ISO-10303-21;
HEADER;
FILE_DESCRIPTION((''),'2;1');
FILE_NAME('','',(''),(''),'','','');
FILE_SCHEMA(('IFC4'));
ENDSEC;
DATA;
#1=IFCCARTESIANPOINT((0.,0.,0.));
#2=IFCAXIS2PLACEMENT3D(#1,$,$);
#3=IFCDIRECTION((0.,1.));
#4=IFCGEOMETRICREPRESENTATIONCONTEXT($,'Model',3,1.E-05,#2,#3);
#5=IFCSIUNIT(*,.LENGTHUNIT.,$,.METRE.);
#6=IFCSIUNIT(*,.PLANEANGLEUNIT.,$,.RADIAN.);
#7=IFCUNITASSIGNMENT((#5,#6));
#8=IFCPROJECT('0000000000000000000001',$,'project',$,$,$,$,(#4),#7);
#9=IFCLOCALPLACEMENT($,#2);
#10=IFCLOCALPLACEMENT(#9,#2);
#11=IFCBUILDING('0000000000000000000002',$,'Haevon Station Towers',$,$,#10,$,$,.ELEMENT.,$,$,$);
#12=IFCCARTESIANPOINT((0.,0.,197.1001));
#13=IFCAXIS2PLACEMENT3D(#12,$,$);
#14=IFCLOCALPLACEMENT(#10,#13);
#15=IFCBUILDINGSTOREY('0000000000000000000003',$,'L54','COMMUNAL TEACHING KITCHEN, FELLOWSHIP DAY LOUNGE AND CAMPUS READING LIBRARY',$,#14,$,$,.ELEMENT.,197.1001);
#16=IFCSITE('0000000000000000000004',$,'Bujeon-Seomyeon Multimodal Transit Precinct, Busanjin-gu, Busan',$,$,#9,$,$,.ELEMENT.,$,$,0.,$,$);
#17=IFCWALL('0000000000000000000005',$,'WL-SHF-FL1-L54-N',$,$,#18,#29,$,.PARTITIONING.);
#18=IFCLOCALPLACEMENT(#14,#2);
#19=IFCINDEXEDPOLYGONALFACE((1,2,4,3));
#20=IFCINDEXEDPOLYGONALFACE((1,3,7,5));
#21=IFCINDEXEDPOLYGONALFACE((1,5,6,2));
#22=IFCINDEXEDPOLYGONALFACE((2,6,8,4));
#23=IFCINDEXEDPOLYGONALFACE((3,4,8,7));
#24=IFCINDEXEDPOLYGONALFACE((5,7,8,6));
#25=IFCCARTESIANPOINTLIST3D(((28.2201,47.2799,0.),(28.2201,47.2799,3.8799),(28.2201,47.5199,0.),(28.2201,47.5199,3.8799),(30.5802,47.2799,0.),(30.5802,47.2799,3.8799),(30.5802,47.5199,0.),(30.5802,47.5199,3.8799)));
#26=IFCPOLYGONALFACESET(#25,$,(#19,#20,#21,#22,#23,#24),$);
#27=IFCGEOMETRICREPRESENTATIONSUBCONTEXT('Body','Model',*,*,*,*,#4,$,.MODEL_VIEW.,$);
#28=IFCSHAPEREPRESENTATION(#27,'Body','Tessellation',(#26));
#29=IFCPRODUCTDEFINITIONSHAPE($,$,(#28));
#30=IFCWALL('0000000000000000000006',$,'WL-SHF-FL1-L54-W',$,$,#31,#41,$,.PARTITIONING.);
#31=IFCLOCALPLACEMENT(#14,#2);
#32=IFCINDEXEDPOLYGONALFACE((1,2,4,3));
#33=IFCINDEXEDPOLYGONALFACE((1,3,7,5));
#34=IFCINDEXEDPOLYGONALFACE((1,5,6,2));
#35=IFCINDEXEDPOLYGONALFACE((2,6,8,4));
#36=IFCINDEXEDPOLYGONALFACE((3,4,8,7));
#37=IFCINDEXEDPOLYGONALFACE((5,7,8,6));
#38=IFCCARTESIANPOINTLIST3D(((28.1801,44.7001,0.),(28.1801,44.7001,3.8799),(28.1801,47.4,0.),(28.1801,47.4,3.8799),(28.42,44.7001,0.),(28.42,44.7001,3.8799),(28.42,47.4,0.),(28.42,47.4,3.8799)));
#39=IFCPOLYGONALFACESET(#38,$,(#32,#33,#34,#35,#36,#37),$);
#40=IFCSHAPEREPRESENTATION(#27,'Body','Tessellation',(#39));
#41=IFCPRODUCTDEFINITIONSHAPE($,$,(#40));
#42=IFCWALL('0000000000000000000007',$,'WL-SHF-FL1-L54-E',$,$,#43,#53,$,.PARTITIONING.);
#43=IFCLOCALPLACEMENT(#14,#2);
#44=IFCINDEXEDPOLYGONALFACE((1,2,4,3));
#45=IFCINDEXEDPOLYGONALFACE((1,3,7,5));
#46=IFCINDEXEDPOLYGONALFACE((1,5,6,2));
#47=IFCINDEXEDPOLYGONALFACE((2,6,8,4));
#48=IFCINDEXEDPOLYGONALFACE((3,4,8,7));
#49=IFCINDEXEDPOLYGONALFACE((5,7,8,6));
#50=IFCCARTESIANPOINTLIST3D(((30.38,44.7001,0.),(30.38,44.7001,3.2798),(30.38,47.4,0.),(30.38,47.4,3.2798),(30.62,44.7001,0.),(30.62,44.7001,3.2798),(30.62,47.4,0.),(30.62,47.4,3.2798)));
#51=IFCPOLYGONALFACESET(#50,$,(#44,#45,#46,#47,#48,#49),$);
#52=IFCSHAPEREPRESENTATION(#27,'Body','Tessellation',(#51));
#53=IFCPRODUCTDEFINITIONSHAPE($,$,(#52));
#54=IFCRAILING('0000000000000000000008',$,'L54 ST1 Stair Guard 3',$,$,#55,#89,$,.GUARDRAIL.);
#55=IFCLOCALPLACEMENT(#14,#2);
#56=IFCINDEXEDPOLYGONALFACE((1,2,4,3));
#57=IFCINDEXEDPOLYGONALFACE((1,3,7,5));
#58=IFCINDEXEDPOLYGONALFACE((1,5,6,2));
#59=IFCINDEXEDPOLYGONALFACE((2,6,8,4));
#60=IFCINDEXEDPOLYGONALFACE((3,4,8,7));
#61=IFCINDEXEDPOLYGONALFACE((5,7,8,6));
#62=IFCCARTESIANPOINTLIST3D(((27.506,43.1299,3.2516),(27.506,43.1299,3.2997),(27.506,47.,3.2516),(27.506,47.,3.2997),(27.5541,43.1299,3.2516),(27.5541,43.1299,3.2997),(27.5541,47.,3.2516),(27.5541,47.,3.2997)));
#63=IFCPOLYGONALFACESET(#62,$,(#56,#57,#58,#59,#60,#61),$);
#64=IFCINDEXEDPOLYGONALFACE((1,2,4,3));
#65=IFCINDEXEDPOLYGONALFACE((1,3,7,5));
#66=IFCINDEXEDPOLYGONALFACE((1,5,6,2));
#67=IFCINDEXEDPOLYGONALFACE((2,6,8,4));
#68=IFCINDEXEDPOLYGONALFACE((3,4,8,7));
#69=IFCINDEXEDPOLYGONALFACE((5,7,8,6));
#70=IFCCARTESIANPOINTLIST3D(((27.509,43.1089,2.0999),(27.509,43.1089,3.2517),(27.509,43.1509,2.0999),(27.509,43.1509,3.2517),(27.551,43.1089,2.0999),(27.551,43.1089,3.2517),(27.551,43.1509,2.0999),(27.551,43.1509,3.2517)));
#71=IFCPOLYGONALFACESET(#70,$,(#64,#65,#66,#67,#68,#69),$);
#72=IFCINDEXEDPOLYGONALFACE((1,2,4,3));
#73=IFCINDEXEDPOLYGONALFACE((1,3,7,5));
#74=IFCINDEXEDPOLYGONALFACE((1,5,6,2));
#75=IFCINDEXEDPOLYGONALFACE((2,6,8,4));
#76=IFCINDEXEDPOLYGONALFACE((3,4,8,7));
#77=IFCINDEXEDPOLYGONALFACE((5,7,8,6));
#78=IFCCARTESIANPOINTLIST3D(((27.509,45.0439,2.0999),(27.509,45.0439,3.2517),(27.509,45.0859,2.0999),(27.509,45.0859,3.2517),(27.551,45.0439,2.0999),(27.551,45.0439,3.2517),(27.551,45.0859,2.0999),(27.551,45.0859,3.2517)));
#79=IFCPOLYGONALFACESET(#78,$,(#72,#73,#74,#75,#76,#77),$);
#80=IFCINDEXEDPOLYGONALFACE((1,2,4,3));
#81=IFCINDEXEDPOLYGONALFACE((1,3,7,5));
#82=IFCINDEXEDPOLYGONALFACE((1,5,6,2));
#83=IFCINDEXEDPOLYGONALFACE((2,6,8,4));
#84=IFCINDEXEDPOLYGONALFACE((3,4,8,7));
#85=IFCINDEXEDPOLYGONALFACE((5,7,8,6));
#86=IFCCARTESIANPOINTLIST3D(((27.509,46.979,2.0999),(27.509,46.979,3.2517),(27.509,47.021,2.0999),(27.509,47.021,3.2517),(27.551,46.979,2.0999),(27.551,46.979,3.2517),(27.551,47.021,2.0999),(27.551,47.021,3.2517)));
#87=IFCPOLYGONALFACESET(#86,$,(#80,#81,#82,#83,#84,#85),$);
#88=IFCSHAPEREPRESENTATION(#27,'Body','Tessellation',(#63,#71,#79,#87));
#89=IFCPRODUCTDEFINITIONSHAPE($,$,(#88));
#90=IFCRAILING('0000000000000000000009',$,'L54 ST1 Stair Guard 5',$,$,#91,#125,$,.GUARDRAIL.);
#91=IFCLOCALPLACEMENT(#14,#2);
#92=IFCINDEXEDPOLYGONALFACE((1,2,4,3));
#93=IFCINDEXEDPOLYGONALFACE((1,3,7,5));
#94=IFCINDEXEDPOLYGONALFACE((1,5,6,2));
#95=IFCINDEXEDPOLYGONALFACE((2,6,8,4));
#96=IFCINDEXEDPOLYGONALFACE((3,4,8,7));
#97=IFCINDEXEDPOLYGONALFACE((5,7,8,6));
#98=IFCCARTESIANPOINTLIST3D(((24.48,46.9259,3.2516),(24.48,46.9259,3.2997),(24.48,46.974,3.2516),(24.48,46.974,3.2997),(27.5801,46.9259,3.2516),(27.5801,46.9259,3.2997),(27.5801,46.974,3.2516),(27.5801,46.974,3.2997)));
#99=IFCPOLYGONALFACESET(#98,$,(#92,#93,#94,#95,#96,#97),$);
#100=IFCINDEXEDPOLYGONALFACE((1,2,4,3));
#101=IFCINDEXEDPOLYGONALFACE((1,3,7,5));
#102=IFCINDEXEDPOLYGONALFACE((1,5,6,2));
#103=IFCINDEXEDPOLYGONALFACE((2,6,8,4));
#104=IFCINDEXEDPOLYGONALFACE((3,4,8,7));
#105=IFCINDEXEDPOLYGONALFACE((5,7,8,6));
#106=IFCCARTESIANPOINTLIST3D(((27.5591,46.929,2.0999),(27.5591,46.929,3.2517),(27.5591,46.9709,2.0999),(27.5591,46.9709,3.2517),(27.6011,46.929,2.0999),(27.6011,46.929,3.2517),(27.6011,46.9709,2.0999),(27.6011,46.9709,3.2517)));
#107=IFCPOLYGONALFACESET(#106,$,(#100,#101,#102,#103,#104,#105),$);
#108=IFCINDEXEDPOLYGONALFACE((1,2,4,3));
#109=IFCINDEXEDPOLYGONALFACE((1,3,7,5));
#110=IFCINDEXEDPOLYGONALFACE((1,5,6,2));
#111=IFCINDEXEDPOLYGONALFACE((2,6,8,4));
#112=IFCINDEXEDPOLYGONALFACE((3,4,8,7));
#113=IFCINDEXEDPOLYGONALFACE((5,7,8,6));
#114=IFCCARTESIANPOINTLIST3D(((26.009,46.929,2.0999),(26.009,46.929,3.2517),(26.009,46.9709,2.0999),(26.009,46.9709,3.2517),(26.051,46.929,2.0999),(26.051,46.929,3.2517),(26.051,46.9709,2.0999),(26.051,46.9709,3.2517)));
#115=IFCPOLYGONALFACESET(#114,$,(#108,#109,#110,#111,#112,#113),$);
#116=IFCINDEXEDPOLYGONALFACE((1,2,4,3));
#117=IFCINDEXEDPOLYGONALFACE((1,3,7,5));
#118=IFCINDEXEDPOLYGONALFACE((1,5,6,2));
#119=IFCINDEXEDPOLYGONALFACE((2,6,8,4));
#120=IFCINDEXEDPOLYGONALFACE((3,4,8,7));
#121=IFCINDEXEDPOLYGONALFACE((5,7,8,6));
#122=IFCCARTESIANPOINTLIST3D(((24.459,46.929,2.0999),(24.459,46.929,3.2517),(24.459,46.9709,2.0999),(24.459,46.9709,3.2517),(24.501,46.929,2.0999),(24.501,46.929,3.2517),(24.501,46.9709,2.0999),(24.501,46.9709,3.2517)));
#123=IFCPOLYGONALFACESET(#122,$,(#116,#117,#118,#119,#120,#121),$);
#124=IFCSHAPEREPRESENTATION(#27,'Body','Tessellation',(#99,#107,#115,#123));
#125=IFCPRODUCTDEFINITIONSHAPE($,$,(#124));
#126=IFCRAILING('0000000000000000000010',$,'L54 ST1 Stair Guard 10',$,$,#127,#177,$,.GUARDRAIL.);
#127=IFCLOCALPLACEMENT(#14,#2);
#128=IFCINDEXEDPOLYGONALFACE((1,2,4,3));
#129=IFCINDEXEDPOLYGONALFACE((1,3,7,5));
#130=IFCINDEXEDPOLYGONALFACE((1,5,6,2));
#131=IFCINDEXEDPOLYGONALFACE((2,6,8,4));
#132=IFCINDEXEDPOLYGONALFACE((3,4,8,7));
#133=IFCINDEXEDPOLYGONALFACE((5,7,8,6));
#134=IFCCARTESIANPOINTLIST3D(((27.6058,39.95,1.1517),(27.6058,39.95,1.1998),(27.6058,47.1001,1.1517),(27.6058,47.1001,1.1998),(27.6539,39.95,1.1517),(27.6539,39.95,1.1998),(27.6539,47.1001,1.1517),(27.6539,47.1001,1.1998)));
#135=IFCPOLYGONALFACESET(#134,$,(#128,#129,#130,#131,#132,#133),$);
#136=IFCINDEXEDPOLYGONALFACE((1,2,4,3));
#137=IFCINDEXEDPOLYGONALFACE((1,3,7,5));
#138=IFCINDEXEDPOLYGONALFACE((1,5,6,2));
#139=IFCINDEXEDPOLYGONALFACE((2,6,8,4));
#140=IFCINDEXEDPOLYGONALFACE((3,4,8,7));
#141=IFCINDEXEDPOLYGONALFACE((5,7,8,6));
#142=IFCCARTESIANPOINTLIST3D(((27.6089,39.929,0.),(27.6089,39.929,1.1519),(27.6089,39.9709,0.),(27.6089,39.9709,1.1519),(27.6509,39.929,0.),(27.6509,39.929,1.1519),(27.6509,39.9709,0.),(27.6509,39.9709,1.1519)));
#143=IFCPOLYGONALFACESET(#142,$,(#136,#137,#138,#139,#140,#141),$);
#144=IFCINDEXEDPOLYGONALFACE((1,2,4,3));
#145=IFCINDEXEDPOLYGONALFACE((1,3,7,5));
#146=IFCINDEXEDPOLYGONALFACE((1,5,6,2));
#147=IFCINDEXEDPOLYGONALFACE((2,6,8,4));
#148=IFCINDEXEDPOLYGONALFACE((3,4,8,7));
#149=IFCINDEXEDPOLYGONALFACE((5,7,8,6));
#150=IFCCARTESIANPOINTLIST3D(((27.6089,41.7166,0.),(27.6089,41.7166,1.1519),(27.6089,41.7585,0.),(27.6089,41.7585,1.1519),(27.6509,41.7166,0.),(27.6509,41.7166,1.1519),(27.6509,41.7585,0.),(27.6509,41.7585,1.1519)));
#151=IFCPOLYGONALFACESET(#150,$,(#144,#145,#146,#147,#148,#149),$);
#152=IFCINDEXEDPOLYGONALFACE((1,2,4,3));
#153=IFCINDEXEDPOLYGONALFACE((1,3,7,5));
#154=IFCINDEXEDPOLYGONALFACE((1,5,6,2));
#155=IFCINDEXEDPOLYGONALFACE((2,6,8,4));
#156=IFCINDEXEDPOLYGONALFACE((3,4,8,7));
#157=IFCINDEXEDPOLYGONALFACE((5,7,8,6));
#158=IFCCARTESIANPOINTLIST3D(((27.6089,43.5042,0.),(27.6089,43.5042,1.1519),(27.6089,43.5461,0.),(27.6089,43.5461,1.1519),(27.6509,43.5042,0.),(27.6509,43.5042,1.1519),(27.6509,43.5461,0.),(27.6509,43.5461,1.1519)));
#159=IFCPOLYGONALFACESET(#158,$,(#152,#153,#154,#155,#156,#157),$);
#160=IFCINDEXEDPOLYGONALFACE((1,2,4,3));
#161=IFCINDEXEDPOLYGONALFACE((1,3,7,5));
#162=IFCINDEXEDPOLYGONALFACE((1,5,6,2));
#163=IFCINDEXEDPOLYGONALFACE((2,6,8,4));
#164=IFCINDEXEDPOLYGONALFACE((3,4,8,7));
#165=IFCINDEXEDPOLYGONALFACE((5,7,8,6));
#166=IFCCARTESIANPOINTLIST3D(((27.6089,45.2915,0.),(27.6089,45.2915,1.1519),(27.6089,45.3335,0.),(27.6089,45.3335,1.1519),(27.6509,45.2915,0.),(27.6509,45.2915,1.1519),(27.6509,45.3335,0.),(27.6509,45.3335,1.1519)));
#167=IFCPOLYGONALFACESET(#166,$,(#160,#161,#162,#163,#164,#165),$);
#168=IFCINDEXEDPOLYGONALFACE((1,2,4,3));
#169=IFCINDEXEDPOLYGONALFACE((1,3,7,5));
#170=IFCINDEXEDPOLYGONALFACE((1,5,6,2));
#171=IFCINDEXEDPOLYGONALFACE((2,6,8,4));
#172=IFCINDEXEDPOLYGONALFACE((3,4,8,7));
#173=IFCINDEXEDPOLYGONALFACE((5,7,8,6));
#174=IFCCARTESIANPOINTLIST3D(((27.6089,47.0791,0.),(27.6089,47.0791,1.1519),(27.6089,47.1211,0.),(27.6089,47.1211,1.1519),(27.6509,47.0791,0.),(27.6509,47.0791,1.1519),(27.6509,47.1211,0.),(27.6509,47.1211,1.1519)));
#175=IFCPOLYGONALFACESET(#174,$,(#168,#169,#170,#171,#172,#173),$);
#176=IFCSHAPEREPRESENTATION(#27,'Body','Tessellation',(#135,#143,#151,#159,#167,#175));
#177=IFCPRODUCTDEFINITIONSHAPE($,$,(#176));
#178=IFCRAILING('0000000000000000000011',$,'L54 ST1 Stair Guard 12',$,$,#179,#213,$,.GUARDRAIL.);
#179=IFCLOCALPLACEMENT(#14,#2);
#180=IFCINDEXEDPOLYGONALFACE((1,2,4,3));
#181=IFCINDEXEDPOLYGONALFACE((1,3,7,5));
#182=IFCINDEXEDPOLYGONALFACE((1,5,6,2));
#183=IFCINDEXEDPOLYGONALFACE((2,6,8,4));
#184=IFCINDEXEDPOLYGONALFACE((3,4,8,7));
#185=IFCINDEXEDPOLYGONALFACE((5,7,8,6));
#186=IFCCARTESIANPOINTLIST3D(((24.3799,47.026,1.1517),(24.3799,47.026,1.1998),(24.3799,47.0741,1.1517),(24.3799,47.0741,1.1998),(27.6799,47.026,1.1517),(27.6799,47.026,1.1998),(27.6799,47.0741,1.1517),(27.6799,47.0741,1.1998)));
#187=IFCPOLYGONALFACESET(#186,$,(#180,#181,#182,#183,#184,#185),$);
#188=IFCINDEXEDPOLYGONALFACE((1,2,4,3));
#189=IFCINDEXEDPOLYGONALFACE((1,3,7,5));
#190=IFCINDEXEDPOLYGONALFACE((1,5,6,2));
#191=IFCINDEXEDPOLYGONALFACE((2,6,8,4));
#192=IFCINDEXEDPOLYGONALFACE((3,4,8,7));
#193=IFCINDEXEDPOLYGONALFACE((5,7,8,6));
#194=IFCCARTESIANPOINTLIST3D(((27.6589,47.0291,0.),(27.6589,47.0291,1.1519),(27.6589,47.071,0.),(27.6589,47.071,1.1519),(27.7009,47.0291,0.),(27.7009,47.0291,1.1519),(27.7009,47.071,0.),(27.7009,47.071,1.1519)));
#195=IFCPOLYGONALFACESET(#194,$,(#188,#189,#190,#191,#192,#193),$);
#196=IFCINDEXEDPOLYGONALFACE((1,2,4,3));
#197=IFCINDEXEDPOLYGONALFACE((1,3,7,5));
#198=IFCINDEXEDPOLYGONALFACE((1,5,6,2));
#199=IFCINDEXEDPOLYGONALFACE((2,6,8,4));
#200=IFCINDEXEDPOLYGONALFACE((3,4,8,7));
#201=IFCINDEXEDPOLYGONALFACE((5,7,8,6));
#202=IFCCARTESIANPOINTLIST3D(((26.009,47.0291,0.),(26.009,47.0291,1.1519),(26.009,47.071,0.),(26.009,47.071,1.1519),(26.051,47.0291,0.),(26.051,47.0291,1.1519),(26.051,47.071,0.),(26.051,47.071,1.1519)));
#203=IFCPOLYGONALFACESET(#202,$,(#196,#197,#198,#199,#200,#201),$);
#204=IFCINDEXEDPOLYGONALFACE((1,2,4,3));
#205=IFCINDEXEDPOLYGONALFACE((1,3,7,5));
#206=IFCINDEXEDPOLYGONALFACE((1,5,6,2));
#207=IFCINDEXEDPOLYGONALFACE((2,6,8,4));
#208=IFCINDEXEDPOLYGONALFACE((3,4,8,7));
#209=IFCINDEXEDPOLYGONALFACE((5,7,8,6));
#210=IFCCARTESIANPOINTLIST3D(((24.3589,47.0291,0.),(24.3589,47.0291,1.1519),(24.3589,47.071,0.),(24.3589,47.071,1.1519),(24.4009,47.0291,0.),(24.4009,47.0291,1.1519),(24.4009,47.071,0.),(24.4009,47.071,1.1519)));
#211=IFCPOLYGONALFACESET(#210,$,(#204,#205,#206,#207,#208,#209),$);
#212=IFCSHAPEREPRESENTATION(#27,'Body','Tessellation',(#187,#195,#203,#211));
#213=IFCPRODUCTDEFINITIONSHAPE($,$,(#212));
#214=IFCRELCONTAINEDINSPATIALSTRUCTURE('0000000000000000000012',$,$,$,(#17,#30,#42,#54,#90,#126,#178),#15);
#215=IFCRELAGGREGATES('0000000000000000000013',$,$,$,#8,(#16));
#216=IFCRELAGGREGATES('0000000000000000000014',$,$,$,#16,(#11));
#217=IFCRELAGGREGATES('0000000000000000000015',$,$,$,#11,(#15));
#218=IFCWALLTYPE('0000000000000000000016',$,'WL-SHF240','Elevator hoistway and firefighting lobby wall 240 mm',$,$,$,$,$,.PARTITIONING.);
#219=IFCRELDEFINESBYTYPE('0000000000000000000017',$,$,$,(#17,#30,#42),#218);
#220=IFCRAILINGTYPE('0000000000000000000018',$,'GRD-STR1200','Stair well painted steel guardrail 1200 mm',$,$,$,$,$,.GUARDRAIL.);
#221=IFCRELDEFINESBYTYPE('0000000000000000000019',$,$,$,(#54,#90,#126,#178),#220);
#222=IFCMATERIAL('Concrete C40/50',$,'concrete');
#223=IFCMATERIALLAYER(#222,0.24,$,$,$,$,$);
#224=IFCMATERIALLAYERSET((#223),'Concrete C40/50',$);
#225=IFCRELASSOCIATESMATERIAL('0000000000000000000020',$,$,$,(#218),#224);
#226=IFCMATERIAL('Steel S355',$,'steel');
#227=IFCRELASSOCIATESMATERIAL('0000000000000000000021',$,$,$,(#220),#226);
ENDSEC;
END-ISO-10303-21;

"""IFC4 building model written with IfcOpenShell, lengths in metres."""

from ifc_helpers import new_model, si_unit, direction, frame, frame_2d, origin, origin_2d, place, context, subcontext, project, spatial, rectangle, extrude, material, layer, layer_set, type_object, element, save


model = new_model("IFC4")

# Units and contexts
model_context = context("Model", 3, precision=1e-05, world=origin(), true_north=direction((0.0, 1.0)))
body_context = subcontext(model_context, "Body", "Model", "MODEL_VIEW")
ifc_project = project(units=[si_unit("LENGTHUNIT", "METRE"), si_unit("PLANEANGLEUNIT", "RADIAN")], contexts=[model_context])

# Site, building, storey
site_placement = place(None, origin())
site = spatial("IfcSite", under=ifc_project, at=site_placement, Name="Bujeon-Seomyeon Multimodal Transit Precinct, Busanjin-gu, Busan", CompositionType="ELEMENT", RefElevation=0.0)
building_placement = place(site_placement, origin())
building = spatial("IfcBuilding", under=site, at=building_placement, Name="Haevon Station Towers", CompositionType="ELEMENT")
storey_placement = place(building_placement, frame((0.0, 0.0, 197.1001)))
storey = spatial("IfcBuildingStorey", under=building, at=storey_placement, Name="L54", Description="COMMUNAL TEACHING KITCHEN, FELLOWSHIP DAY LOUNGE AND CAMPUS READING LIBRARY", CompositionType="ELEMENT", Elevation=197.1001)

# Shared definitions
ifc_material_1 = material(Name="Steel S355", Category="steel")

# Shared definitions
ifc_material_2 = material(Name="Concrete C40/50", Category="concrete")
ifc_layer_1 = layer(ifc_material_2, 0.24)
ifc_layer_set_1 = layer_set([ifc_layer_1], Name="Concrete C40/50")
wall_type_1 = type_object("IfcWallType", Name="WL-SHF240", Description="Elevator hoistway and firefighting lobby wall 240 mm", PredefinedType="PARTITIONING", material=ifc_layer_set_1)

# Walls
wall_1_placement = place(storey_placement, frame((28.22, 47.3999, 0.0), z_axis=(0.0, 0.0, 1.0), x_axis=(1.0, 0.0, 0.0)))
element("IfcWall", 1, at=wall_1_placement, inside=storey, type_object=wall_type_1, Name="WL-SHF-FL1-L54-N", PredefinedType="PARTITIONING", context=body_context, shape_type="SweptSolid", body=[
    extrude(rectangle(XDim=2.3601, YDim=0.24, at=frame_2d((1.1802, 0.0))), origin(), (0.0, 0.0, 1.0), 3.8799),
])
wall_2_placement = place(storey_placement, frame((28.3, 44.7, 0.0), z_axis=(0.0, 0.0, 1.0), x_axis=(0.0, 1.0, 0.0)))
element("IfcWall", 2, at=wall_2_placement, inside=storey, type_object=wall_type_1, Name="WL-SHF-FL1-L54-W", PredefinedType="PARTITIONING", context=body_context, shape_type="SweptSolid", body=[
    extrude(rectangle(XDim=2.7, YDim=0.24, at=frame_2d((1.3501, 0.0))), origin(), (0.0, 0.0, 1.0), 3.8799),
])
wall_3_placement = place(storey_placement, frame((30.5, 44.7, 0.0), z_axis=(0.0, 0.0, 1.0), x_axis=(0.0, 1.0, 0.0)))
element("IfcWall", 3, at=wall_3_placement, inside=storey, type_object=wall_type_1, Name="WL-SHF-FL1-L54-E", PredefinedType="PARTITIONING", context=body_context, shape_type="SweptSolid", body=[
    extrude(rectangle(XDim=2.7, YDim=0.24, at=frame_2d((1.3501, 0.0))), origin(), (0.0, 0.0, 1.0), 3.2798),
])

# Railings
railing_type = type_object("IfcRailingType", Name="GRD-STR1200", Description="Stair well painted steel guardrail 1200 mm", PredefinedType="GUARDRAIL", material=ifc_material_1)
railing_1_placement = place(storey_placement, frame((27.53, 43.1299, 2.0999)))
element("IfcRailing", 4, at=railing_1_placement, inside=storey, type_object=railing_type, Name="L54 ST1 Stair Guard 3", PredefinedType="GUARDRAIL", context=body_context, shape_type="SweptSolid", body=[
    extrude(rectangle(XDim=0.0481, YDim=0.0481, at=origin_2d()), frame((0.0, 0.0, 1.1758), z_axis=(0.0, 1.0, 0.0), x_axis=(-1.0, 0.0, 0.0)), (0.0, 0.0, 1.0), 3.8701),
    extrude(rectangle(XDim=0.042, YDim=0.042, at=origin_2d()), origin(), (0.0, 0.0, 1.0), 1.1519),
    extrude(rectangle(XDim=0.042, YDim=0.042, at=origin_2d()), frame((0.0, 1.9351, 0.0)), (0.0, 0.0, 1.0), 1.1519),
    extrude(rectangle(XDim=0.042, YDim=0.042, at=origin_2d()), frame((0.0, 3.8701, 0.0)), (0.0, 0.0, 1.0), 1.1519),
])
railing_2_placement = place(storey_placement, frame((27.5801, 46.95, 2.0999)))
element("IfcRailing", 5, at=railing_2_placement, inside=storey, type_object=railing_type, Name="L54 ST1 Stair Guard 5", PredefinedType="GUARDRAIL", context=body_context, shape_type="SweptSolid", body=[
    extrude(rectangle(XDim=0.0481, YDim=0.0481, at=origin_2d()), frame((0.0, 0.0, 1.1758), z_axis=(-1.0, 0.0, 0.0), x_axis=(0.0, -1.0, 0.0)), (0.0, 0.0, 1.0), 3.1001),
    extrude(rectangle(XDim=0.042, YDim=0.042, at=origin_2d()), origin(), (0.0, 0.0, 1.0), 1.1519),
    extrude(rectangle(XDim=0.042, YDim=0.042, at=origin_2d()), frame((-1.55, 0.0, 0.0)), (0.0, 0.0, 1.0), 1.1519),
    extrude(rectangle(XDim=0.042, YDim=0.042, at=origin_2d()), frame((-3.1001, 0.0, 0.0)), (0.0, 0.0, 1.0), 1.1519),
])
railing_3_placement = place(storey_placement, frame((27.6299, 39.95, 0.0)))
element("IfcRailing", 6, at=railing_3_placement, inside=storey, type_object=railing_type, Name="L54 ST1 Stair Guard 10", PredefinedType="GUARDRAIL", context=body_context, shape_type="SweptSolid", body=[
    extrude(rectangle(XDim=0.0481, YDim=0.0481, at=origin_2d()), frame((0.0, 0.0, 1.1758), z_axis=(0.0, 1.0, 0.0), x_axis=(-1.0, 0.0, 0.0)), (0.0, 0.0, 1.0), 7.1501),
    extrude(rectangle(XDim=0.042, YDim=0.042, at=origin_2d()), origin(), (0.0, 0.0, 1.0), 1.1519),
    extrude(rectangle(XDim=0.042, YDim=0.042, at=origin_2d()), frame((0.0, 1.7876, 0.0)), (0.0, 0.0, 1.0), 1.1519),
    extrude(rectangle(XDim=0.042, YDim=0.042, at=origin_2d()), frame((0.0, 3.5752, 0.0)), (0.0, 0.0, 1.0), 1.1519),
    extrude(rectangle(XDim=0.042, YDim=0.042, at=origin_2d()), frame((0.0, 5.3625, 0.0)), (0.0, 0.0, 1.0), 1.1519),
    extrude(rectangle(XDim=0.042, YDim=0.042, at=origin_2d()), frame((0.0, 7.1501, 0.0)), (0.0, 0.0, 1.0), 1.1519),
])
railing_4_placement = place(storey_placement, frame((27.6799, 47.05, 0.0)))
element("IfcRailing", 7, at=railing_4_placement, inside=storey, type_object=railing_type, Name="L54 ST1 Stair Guard 12", PredefinedType="GUARDRAIL", context=body_context, shape_type="SweptSolid", body=[
    extrude(rectangle(XDim=0.0481, YDim=0.0481, at=origin_2d()), frame((0.0, 0.0, 1.1758), z_axis=(-1.0, 0.0, 0.0), x_axis=(0.0, -1.0, 0.0)), (0.0, 0.0, 1.0), 3.3),
    extrude(rectangle(XDim=0.042, YDim=0.042, at=origin_2d()), origin(), (0.0, 0.0, 1.0), 1.1519),
    extrude(rectangle(XDim=0.042, YDim=0.042, at=origin_2d()), frame((-1.6499, 0.0, 0.0)), (0.0, 0.0, 1.0), 1.1519),
    extrude(rectangle(XDim=0.042, YDim=0.042, at=origin_2d()), frame((-3.3, 0.0, 0.0)), (0.0, 0.0, 1.0), 1.1519),
])

save(model, "model.ifc")
